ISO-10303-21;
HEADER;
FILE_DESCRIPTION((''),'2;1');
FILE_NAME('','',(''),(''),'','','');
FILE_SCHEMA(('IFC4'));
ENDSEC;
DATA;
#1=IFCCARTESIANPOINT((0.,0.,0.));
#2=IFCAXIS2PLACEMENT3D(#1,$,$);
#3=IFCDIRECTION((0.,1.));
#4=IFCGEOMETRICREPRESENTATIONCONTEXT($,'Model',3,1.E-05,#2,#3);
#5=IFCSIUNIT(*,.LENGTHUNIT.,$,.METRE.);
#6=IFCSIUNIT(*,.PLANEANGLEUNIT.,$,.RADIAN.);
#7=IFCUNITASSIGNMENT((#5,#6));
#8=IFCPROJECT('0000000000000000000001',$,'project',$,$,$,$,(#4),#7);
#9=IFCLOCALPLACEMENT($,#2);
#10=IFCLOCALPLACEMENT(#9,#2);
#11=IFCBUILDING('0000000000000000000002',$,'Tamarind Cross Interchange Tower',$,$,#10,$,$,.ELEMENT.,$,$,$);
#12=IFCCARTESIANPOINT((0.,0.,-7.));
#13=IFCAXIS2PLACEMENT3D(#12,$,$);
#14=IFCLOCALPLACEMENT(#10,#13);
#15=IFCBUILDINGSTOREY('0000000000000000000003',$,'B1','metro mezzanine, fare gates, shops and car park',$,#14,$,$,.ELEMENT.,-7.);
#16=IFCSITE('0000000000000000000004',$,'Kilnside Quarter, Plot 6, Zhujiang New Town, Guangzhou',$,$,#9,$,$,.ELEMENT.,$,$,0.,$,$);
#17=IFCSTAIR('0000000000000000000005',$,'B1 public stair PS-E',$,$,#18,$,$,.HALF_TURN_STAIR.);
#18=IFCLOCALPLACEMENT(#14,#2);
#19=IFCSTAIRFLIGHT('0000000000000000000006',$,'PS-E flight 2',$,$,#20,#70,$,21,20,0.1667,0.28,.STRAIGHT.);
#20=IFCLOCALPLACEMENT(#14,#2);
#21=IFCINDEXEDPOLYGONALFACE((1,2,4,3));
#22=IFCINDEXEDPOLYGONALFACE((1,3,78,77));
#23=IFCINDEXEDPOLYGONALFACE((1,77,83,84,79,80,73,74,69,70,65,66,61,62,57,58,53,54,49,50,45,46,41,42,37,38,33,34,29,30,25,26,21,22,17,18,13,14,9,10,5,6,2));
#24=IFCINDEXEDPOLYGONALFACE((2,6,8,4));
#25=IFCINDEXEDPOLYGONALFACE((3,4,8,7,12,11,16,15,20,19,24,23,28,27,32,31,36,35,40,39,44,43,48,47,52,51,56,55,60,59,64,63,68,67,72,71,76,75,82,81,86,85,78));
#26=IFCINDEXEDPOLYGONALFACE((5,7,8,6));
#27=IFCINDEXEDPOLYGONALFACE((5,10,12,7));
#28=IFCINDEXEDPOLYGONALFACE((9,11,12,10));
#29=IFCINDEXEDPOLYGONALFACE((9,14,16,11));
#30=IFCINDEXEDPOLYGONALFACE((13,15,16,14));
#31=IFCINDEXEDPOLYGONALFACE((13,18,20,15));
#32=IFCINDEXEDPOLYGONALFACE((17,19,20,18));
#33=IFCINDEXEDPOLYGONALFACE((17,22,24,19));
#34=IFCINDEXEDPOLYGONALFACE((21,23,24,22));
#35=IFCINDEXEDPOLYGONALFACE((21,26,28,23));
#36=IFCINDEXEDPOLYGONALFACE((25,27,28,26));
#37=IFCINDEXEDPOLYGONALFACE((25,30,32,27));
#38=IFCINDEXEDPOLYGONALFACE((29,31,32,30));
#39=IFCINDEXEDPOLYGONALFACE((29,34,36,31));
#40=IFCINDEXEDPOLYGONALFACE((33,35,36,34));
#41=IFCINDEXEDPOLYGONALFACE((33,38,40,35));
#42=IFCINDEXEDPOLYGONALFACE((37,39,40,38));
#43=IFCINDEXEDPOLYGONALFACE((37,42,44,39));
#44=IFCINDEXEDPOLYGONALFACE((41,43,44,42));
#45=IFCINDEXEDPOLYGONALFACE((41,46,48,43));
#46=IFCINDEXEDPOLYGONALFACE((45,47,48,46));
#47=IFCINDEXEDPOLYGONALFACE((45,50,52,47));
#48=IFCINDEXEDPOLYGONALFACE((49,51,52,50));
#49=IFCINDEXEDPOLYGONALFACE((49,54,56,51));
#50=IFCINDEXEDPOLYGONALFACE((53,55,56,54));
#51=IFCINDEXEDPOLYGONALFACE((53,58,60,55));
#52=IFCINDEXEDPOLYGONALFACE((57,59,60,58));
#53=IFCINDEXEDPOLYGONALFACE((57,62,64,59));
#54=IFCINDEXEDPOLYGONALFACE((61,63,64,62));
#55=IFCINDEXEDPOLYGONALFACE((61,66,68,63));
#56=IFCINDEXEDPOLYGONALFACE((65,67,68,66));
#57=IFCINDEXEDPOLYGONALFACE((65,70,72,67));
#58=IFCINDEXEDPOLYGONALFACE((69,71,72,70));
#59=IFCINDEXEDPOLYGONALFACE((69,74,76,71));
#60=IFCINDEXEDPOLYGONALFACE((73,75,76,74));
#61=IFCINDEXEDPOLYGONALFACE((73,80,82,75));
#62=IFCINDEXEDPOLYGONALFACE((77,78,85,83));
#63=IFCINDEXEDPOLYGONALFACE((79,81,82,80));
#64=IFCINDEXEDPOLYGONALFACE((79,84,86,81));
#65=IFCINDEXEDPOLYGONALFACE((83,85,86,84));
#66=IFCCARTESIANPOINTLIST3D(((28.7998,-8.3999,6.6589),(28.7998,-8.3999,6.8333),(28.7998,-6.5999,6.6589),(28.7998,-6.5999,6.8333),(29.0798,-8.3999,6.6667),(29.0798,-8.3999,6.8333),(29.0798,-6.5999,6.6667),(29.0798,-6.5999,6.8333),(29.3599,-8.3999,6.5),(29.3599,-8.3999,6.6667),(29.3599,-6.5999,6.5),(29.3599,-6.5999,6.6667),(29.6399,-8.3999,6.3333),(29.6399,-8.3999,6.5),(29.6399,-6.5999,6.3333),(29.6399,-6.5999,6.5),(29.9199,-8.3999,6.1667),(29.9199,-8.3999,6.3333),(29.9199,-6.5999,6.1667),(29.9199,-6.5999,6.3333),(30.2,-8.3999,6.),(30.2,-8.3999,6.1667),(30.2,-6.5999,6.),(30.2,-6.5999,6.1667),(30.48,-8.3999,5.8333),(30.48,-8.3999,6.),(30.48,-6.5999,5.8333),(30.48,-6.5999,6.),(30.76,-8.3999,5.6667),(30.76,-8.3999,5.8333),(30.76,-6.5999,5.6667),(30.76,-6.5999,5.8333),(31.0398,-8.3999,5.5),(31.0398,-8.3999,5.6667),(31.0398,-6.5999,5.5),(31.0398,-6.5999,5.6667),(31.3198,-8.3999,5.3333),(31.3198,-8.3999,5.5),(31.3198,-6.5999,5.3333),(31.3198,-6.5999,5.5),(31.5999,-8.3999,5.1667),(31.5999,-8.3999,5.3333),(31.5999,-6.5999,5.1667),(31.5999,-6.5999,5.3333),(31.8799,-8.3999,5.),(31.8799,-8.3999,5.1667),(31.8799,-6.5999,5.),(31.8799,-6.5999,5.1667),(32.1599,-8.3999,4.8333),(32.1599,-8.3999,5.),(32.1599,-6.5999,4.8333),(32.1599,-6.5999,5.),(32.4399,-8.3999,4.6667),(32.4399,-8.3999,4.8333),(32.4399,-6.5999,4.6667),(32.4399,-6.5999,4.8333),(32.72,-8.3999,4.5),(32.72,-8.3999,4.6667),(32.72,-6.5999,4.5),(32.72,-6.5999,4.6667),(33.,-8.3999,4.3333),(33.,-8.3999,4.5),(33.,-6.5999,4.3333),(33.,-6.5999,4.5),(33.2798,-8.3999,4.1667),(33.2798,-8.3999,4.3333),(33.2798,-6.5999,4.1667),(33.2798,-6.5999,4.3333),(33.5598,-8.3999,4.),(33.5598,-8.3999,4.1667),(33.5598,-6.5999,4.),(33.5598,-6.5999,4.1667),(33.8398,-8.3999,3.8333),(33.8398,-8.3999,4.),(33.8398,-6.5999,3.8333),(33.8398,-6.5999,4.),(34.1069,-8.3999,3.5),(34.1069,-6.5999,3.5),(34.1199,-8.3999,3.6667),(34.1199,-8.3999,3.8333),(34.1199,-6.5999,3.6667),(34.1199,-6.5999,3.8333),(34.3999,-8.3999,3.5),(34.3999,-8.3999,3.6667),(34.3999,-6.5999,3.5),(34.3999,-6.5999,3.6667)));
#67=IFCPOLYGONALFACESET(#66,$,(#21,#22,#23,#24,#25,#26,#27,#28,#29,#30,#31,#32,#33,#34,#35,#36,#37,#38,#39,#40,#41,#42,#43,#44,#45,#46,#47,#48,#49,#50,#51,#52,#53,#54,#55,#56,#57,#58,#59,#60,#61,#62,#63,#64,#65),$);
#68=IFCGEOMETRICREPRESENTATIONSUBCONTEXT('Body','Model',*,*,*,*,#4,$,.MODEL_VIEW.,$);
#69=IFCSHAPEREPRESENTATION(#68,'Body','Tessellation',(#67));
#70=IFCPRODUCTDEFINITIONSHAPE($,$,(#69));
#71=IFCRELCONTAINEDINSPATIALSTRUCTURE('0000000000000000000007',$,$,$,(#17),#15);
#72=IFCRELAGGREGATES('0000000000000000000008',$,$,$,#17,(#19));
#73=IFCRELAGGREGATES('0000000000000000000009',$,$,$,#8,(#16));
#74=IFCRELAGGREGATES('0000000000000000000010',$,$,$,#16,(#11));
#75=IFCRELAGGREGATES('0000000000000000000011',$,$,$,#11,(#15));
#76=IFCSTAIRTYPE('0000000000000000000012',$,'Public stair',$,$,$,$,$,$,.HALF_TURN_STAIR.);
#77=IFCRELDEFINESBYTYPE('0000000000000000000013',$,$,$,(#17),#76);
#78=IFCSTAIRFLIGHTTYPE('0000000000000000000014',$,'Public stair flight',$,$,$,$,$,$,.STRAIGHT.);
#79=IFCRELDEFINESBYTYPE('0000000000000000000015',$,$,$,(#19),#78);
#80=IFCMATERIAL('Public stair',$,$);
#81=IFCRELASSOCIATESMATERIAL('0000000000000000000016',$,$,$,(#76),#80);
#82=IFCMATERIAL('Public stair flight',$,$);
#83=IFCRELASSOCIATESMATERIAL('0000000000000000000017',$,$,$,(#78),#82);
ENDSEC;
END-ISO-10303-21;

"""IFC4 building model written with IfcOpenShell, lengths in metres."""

from ifc_helpers import new_model, si_unit, direction, frame, origin, place, context, subcontext, project, spatial, polyline, outline, extrude, material, type_object, element, aggregate, save


model = new_model("IFC4")

# Units and contexts
model_context = context("Model", 3, precision=1e-05, world=origin(), true_north=direction((0.0, 1.0)))
body_context = subcontext(model_context, "Body", "Model", "MODEL_VIEW")
ifc_project = project(units=[si_unit("LENGTHUNIT", "METRE"), si_unit("PLANEANGLEUNIT", "RADIAN")], contexts=[model_context])

# Site, building, storey
site_placement = place(None, origin())
site = spatial("IfcSite", under=ifc_project, at=site_placement, Name="Kilnside Quarter, Plot 6, Zhujiang New Town, Guangzhou", CompositionType="ELEMENT", RefElevation=0.0)
building_placement = place(site_placement, origin())
building = spatial("IfcBuilding", under=site, at=building_placement, Name="Tamarind Cross Interchange Tower", CompositionType="ELEMENT")
storey_placement = place(building_placement, frame((0.0, 0.0, -7.0)))
storey = spatial("IfcBuildingStorey", under=building, at=storey_placement, Name="B1", Description="metro mezzanine, fare gates, shops and car park", CompositionType="ELEMENT", Elevation=-7.0)

# Stair, stair flight
ifc_material_1 = material(Name="Public stair")
stair_type_1 = type_object("IfcStairType", Name="Public stair", PredefinedType="HALF_TURN_STAIR", material=ifc_material_1)
stair_1_placement = place(storey_placement, origin())
stair_1 = element("IfcStair", 1, at=stair_1_placement, inside=storey, type_object=stair_type_1, Name="B1 public stair PS-E", PredefinedType="HALF_TURN_STAIR")
ifc_material_2 = material(Name="Public stair flight")
stair_flight_type_1 = type_object("IfcStairFlightType", Name="Public stair flight", PredefinedType="STRAIGHT", material=ifc_material_2)
stair_flight_1_placement = place(storey_placement, frame((34.3999, -7.5, 3.5), z_axis=(0.0, 0.0, 1.0), x_axis=(-1.0, 0.0, 0.0)))
stair_flight_1 = element("IfcStairFlight", 2, at=stair_flight_1_placement, type_object=stair_flight_type_1, Name="PS-E flight 2", NumberOfRisers=21, NumberOfTreads=20, PredefinedType="STRAIGHT", RiserHeight=0.1667, TreadLength=0.28, context=body_context, shape_type="SweptSolid", body=[
    extrude(outline(polyline([(0.0, 0.0), (0.0, 0.1667), (0.28, 0.1667), (0.28, 0.3333), (0.5601, 0.3333), (0.5601, 0.5), (0.8401, 0.5), (0.8401, 0.6667), (1.1201, 0.6667), (1.1201, 0.8333), (1.3999, 0.8333), (1.3999, 1.0), (1.6799, 1.0), (1.6799, 1.1667), (1.96, 1.1667), (1.96, 1.3333), (2.24, 1.3333), (2.24, 1.5), (2.52, 1.5), (2.52, 1.6667), (2.8, 1.6667), (2.8, 1.8333), (3.0801, 1.8333), (3.0801, 2.0), (3.3601, 2.0), (3.3601, 2.1667), (3.6399, 2.1667), (3.6399, 2.3333), (3.9199, 2.3333), (3.9199, 2.5), (4.2, 2.5), (4.2, 2.6667), (4.48, 2.6667), (4.48, 2.8333), (4.76, 2.8333), (4.76, 3.0), (5.04, 3.0), (5.04, 3.1667), (5.3201, 3.1667), (5.3201, 3.3333), (5.6001, 3.3333), (5.6001, 3.5), (5.6001, 3.1589), (0.293, 0.0), (0.0, 0.0)])), frame((0.0, 0.8999, 0.0), z_axis=(0.0, -1.0, 0.0), x_axis=(1.0, 0.0, 0.0)), (0.0, 0.0, 1.0), 1.8),
])
aggregate(stair_1, [stair_flight_1])

save(model, "model.ifc")
